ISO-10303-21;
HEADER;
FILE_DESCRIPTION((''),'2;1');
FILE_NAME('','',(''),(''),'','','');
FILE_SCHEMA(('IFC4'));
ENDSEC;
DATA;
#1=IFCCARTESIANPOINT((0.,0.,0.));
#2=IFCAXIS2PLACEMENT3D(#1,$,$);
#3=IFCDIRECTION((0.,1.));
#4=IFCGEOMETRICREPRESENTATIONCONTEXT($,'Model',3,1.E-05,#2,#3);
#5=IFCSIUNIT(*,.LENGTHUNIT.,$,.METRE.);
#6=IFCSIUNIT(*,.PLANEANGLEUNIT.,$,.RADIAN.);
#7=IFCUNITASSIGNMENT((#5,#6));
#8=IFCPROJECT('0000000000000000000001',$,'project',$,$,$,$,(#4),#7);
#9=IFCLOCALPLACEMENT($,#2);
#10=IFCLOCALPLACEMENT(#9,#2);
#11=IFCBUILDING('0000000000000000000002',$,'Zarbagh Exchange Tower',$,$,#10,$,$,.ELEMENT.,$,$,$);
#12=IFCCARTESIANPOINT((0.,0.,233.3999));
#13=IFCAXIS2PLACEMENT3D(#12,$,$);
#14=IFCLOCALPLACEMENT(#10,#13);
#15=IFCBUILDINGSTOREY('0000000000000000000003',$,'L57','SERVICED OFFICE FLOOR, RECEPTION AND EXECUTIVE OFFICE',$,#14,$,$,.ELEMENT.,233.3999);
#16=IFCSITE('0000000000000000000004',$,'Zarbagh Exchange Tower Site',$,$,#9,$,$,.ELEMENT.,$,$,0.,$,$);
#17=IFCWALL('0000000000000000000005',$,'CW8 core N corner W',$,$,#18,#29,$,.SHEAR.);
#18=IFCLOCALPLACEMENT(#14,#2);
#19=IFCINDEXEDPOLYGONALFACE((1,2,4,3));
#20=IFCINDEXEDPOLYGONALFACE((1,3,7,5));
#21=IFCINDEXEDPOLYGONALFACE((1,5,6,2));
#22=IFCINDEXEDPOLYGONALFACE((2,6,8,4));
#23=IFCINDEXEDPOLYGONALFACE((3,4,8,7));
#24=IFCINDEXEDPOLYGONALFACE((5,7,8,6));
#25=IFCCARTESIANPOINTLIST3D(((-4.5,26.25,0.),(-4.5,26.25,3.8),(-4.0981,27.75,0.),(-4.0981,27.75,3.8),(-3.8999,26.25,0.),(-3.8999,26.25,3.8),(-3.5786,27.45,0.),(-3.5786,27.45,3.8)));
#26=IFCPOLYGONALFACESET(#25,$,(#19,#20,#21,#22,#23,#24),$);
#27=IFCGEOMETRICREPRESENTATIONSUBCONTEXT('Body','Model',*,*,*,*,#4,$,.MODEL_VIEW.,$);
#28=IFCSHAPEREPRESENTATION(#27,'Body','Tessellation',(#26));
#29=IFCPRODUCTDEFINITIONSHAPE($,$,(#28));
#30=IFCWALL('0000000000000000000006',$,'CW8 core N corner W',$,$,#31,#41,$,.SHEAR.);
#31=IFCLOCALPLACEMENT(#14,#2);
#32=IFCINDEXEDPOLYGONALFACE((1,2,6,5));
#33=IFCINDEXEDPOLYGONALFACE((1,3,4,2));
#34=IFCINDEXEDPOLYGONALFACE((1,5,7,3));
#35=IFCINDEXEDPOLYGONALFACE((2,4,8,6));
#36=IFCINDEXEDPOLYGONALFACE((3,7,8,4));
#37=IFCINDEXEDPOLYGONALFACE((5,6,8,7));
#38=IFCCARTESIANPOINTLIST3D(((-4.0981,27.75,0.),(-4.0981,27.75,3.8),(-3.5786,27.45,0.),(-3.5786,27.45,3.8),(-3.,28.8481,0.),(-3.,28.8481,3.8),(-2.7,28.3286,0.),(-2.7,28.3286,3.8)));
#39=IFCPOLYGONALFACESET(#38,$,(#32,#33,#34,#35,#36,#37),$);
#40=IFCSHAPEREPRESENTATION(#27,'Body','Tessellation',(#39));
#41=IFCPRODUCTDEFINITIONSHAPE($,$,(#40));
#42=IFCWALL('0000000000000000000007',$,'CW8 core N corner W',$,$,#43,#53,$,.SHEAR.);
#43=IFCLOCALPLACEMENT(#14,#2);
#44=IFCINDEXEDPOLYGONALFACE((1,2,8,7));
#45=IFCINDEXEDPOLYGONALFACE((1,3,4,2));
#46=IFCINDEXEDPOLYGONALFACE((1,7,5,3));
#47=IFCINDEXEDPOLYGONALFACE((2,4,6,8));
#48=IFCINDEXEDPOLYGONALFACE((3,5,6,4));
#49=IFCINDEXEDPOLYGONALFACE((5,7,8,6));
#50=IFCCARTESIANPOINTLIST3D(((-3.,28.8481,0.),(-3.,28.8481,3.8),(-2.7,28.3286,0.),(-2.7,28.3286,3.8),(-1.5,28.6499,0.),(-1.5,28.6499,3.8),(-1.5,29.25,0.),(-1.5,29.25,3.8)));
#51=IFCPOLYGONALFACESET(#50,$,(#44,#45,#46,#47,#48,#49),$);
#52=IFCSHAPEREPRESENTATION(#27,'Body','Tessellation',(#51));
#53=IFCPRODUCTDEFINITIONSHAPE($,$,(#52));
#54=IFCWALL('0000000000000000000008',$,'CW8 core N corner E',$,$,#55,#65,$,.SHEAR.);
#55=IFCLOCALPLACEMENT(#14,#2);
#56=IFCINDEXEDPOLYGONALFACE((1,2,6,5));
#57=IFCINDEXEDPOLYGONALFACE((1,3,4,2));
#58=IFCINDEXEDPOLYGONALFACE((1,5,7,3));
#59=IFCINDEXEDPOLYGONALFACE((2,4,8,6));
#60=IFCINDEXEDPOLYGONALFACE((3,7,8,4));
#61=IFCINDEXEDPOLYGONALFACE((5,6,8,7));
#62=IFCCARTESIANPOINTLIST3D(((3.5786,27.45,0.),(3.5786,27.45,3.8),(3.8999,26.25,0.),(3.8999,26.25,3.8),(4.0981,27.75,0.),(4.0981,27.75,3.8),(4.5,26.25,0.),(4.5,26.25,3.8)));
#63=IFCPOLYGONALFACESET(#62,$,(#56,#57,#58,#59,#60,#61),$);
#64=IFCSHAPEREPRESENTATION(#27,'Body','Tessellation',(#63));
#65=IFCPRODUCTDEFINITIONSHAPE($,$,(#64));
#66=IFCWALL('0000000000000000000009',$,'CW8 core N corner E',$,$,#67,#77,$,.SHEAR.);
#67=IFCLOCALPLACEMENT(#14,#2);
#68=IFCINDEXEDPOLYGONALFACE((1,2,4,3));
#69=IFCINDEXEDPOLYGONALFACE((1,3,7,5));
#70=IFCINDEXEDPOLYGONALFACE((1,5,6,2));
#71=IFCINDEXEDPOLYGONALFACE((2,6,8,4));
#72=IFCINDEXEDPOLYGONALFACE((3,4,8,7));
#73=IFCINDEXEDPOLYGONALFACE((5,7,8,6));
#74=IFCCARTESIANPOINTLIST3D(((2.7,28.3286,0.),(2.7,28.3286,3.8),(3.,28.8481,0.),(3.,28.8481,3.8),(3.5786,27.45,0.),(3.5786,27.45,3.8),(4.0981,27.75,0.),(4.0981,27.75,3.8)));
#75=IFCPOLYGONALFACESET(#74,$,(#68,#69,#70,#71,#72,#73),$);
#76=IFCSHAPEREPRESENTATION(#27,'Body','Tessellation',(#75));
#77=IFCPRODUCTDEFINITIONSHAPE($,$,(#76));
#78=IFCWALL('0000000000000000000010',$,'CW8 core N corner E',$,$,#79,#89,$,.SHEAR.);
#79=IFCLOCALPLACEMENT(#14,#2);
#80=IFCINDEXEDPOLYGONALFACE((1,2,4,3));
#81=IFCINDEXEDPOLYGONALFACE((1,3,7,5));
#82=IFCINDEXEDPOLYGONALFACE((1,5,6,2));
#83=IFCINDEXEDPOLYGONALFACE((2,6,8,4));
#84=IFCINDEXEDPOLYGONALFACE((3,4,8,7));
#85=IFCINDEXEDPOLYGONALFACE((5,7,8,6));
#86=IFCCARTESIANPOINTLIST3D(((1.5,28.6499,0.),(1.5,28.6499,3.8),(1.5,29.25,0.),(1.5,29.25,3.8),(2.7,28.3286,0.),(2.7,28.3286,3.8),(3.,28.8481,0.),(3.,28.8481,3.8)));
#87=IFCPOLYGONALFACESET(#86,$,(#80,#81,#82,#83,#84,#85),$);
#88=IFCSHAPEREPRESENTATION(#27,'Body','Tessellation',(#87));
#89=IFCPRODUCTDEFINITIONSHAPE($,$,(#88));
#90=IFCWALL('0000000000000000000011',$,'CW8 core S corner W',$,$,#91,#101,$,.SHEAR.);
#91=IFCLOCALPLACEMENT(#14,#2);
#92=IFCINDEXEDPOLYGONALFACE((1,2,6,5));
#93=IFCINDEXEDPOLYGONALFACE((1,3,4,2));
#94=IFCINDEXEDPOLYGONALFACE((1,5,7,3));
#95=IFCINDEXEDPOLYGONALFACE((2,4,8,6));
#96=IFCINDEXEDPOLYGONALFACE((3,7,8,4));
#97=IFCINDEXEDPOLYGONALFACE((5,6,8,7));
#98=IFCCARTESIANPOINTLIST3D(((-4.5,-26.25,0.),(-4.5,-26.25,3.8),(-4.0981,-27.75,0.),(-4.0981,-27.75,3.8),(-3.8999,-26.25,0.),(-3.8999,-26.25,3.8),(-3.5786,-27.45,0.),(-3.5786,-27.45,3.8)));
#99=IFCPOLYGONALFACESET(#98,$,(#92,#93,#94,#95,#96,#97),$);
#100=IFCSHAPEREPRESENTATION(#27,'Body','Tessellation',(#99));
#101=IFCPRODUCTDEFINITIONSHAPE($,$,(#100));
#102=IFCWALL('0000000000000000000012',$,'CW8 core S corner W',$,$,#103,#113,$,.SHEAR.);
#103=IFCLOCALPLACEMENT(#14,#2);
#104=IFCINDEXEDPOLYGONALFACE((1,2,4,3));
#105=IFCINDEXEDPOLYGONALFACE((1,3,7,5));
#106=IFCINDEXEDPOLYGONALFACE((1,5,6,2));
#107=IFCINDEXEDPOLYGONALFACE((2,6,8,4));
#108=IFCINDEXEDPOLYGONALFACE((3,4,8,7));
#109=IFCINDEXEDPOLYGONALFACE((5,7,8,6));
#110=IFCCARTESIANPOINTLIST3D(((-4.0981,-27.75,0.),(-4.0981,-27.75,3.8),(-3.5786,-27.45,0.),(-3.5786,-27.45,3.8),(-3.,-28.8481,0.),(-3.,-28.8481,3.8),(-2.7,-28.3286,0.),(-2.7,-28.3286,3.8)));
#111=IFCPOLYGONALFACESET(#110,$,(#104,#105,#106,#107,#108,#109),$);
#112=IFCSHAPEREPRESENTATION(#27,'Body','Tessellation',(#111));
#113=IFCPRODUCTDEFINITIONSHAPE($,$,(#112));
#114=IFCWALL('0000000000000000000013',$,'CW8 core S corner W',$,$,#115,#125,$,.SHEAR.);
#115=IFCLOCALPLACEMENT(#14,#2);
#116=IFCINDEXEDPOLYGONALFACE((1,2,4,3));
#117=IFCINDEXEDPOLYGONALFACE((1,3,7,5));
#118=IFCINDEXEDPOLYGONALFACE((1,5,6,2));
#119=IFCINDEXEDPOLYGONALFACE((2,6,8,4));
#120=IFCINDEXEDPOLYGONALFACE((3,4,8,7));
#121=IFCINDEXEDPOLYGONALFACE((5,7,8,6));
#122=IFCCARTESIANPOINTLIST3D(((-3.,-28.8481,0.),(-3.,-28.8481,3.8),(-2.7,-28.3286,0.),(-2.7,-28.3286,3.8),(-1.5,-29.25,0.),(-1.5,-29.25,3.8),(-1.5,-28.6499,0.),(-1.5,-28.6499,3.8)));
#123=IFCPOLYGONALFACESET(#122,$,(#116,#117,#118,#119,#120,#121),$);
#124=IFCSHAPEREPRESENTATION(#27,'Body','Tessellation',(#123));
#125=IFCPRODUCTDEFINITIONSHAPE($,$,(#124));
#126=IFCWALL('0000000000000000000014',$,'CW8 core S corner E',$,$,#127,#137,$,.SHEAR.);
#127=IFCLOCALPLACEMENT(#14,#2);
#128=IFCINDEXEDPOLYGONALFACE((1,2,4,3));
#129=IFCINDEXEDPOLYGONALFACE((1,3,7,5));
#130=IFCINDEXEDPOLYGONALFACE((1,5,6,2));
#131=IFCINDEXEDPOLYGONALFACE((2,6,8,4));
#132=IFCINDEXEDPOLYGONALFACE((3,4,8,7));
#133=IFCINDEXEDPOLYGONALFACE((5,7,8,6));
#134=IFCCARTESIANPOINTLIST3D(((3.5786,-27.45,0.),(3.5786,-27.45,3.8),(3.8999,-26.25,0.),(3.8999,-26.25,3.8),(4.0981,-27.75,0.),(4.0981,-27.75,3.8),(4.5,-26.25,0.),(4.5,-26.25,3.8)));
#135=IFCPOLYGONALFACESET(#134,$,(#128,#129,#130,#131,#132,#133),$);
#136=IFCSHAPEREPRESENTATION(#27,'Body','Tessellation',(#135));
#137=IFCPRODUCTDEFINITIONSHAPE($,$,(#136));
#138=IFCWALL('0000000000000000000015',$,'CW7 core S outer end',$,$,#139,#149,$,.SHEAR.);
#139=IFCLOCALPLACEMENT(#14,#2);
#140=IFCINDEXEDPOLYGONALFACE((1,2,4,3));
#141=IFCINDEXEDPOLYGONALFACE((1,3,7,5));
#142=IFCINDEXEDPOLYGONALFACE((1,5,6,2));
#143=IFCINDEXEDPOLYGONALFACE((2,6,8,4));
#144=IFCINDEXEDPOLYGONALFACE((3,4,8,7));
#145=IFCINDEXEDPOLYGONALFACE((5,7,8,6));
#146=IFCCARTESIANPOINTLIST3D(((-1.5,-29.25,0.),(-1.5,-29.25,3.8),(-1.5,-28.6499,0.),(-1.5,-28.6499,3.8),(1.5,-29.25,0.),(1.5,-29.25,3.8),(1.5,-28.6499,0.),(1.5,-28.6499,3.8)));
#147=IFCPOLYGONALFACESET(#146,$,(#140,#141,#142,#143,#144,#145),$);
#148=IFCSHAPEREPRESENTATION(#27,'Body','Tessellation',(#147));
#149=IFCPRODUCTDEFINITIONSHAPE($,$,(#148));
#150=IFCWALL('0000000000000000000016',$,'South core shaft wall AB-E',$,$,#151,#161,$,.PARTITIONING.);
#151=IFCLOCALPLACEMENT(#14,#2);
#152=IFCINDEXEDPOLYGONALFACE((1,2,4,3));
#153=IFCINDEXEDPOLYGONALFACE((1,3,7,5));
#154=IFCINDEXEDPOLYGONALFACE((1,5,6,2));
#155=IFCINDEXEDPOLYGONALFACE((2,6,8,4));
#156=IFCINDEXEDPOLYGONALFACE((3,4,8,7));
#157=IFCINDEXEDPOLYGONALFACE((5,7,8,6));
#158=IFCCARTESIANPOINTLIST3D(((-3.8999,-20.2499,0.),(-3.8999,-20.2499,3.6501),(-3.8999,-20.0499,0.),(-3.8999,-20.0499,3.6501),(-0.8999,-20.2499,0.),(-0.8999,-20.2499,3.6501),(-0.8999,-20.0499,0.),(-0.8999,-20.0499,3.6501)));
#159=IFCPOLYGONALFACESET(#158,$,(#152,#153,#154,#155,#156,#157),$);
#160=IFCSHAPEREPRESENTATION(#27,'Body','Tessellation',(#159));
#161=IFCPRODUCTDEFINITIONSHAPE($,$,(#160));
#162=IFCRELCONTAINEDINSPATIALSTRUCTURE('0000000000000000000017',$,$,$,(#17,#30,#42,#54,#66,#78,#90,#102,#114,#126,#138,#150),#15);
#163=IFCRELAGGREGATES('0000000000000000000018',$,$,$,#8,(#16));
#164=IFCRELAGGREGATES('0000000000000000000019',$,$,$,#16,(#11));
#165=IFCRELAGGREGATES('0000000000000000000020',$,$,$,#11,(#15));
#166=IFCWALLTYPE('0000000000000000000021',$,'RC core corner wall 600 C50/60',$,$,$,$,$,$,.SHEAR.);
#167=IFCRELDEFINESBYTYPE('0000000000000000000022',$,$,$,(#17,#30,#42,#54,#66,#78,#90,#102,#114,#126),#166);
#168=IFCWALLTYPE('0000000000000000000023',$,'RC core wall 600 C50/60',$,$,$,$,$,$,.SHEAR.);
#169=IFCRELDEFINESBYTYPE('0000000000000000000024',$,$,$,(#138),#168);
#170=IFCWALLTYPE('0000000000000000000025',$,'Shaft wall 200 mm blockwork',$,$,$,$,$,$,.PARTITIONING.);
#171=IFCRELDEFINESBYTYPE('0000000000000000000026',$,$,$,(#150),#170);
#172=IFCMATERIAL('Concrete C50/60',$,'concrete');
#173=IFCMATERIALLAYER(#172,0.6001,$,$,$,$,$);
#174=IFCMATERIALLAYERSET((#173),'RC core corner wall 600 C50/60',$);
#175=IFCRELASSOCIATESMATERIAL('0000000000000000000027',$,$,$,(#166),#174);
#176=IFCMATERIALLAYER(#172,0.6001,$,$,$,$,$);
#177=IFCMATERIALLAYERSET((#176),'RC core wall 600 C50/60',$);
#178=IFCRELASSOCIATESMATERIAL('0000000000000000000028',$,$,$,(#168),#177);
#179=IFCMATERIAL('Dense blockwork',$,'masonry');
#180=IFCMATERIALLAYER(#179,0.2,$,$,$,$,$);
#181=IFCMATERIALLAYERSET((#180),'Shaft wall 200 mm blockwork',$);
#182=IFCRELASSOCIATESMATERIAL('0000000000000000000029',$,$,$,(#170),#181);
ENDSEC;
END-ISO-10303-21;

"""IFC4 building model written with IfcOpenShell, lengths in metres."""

from ifc_helpers import new_model, si_unit, direction, frame, frame_2d, origin, place, context, subcontext, project, spatial, polyline, rectangle, outline, extrude, material, layer, layer_set, type_object, element, save


model = new_model("IFC4")

# Units and contexts
model_context = context("Model", 3, precision=1e-05, world=origin(), true_north=direction((0.0, 1.0)))
body_context = subcontext(model_context, "Body", "Model", "MODEL_VIEW")
ifc_project = project(units=[si_unit("LENGTHUNIT", "METRE"), si_unit("PLANEANGLEUNIT", "RADIAN")], contexts=[model_context])

# Site, building, storey
site_placement = place(None, origin())
site = spatial("IfcSite", under=ifc_project, at=site_placement, Name="Zarbagh Exchange Tower Site", CompositionType="ELEMENT", RefElevation=0.0)
building_placement = place(site_placement, origin())
building = spatial("IfcBuilding", under=site, at=building_placement, Name="Zarbagh Exchange Tower", CompositionType="ELEMENT")
storey_placement = place(building_placement, frame((0.0, 0.0, 233.3999)))
storey = spatial("IfcBuildingStorey", under=building, at=storey_placement, Name="L57", Description="SERVICED OFFICE FLOOR, RECEPTION AND EXECUTIVE OFFICE", CompositionType="ELEMENT", Elevation=233.3999)

# Shared definitions
ifc_material_1 = material(Name="Dense blockwork", Category="masonry")

# Walls
ifc_material_2 = material(Name="Concrete C50/60", Category="concrete")
ifc_layer_1 = layer(ifc_material_2, 0.6001)
ifc_layer_set_1 = layer_set([ifc_layer_1], Name="RC core corner wall 600 C50/60")
wall_type_1 = type_object("IfcWallType", Name="RC core corner wall 600 C50/60", PredefinedType="SHEAR", material=ifc_layer_set_1)
wall_1_placement = place(storey_placement, origin())
element("IfcWall", 1, at=wall_1_placement, inside=storey, type_object=wall_type_1, Name="CW8 core N corner W", PredefinedType="SHEAR", context=body_context, shape_type="SweptSolid", body=[
    extrude(outline(polyline([(-4.5, 26.25), (-4.0981, 27.75), (-3.5786, 27.45), (-3.8999, 26.25), (-4.5, 26.25)])), origin(), (0.0, 0.0, 1.0), 3.8),
])
wall_2_placement = place(storey_placement, origin())
element("IfcWall", 2, at=wall_2_placement, inside=storey, type_object=wall_type_1, Name="CW8 core N corner W", PredefinedType="SHEAR", context=body_context, shape_type="SweptSolid", body=[
    extrude(outline(polyline([(-4.0981, 27.75), (-3.0, 28.8481), (-2.7, 28.3286), (-3.5786, 27.45), (-4.0981, 27.75)])), origin(), (0.0, 0.0, 1.0), 3.8),
])
wall_3_placement = place(storey_placement, origin())
element("IfcWall", 3, at=wall_3_placement, inside=storey, type_object=wall_type_1, Name="CW8 core N corner W", PredefinedType="SHEAR", context=body_context, shape_type="SweptSolid", body=[
    extrude(outline(polyline([(-3.0, 28.8481), (-1.5, 29.25), (-1.5, 28.6499), (-2.7, 28.3286), (-3.0, 28.8481)])), origin(), (0.0, 0.0, 1.0), 3.8),
])
wall_4_placement = place(storey_placement, origin())
element("IfcWall", 4, at=wall_4_placement, inside=storey, type_object=wall_type_1, Name="CW8 core N corner E", PredefinedType="SHEAR", context=body_context, shape_type="SweptSolid", body=[
    extrude(outline(polyline([(4.5, 26.25), (4.0981, 27.75), (3.5786, 27.45), (3.8999, 26.25), (4.5, 26.25)])), origin(), (0.0, 0.0, 1.0), 3.8),
])
wall_5_placement = place(storey_placement, origin())
element("IfcWall", 5, at=wall_5_placement, inside=storey, type_object=wall_type_1, Name="CW8 core N corner E", PredefinedType="SHEAR", context=body_context, shape_type="SweptSolid", body=[
    extrude(outline(polyline([(4.0981, 27.75), (3.0, 28.8481), (2.7, 28.3286), (3.5786, 27.45), (4.0981, 27.75)])), origin(), (0.0, 0.0, 1.0), 3.8),
])
wall_6_placement = place(storey_placement, origin())
element("IfcWall", 6, at=wall_6_placement, inside=storey, type_object=wall_type_1, Name="CW8 core N corner E", PredefinedType="SHEAR", context=body_context, shape_type="SweptSolid", body=[
    extrude(outline(polyline([(3.0, 28.8481), (1.5, 29.25), (1.5, 28.6499), (2.7, 28.3286), (3.0, 28.8481)])), origin(), (0.0, 0.0, 1.0), 3.8),
])
wall_7_placement = place(storey_placement, origin())
element("IfcWall", 7, at=wall_7_placement, inside=storey, type_object=wall_type_1, Name="CW8 core S corner W", PredefinedType="SHEAR", context=body_context, shape_type="SweptSolid", body=[
    extrude(outline(polyline([(-4.5, -26.25), (-4.0981, -27.75), (-3.5786, -27.45), (-3.8999, -26.25), (-4.5, -26.25)])), origin(), (0.0, 0.0, 1.0), 3.8),
])
wall_8_placement = place(storey_placement, origin())
element("IfcWall", 8, at=wall_8_placement, inside=storey, type_object=wall_type_1, Name="CW8 core S corner W", PredefinedType="SHEAR", context=body_context, shape_type="SweptSolid", body=[
    extrude(outline(polyline([(-4.0981, -27.75), (-3.0, -28.8481), (-2.7, -28.3286), (-3.5786, -27.45), (-4.0981, -27.75)])), origin(), (0.0, 0.0, 1.0), 3.8),
])
wall_9_placement = place(storey_placement, origin())
element("IfcWall", 9, at=wall_9_placement, inside=storey, type_object=wall_type_1, Name="CW8 core S corner W", PredefinedType="SHEAR", context=body_context, shape_type="SweptSolid", body=[
    extrude(outline(polyline([(-3.0, -28.8481), (-1.5, -29.25), (-1.5, -28.6499), (-2.7, -28.3286), (-3.0, -28.8481)])), origin(), (0.0, 0.0, 1.0), 3.8),
])
wall_10_placement = place(storey_placement, origin())
element("IfcWall", 10, at=wall_10_placement, inside=storey, type_object=wall_type_1, Name="CW8 core S corner E", PredefinedType="SHEAR", context=body_context, shape_type="SweptSolid", body=[
    extrude(outline(polyline([(4.5, -26.25), (4.0981, -27.75), (3.5786, -27.45), (3.8999, -26.25), (4.5, -26.25)])), origin(), (0.0, 0.0, 1.0), 3.8),
])
ifc_layer_2 = layer(ifc_material_2, 0.6001)
ifc_layer_set_2 = layer_set([ifc_layer_2], Name="RC core wall 600 C50/60")
wall_type_2 = type_object("IfcWallType", Name="RC core wall 600 C50/60", PredefinedType="SHEAR", material=ifc_layer_set_2)
wall_11_placement = place(storey_placement, frame((-1.5, -28.95, 0.0), z_axis=(0.0, 0.0, 1.0), x_axis=(1.0, 0.0, 0.0)))
element("IfcWall", 11, at=wall_11_placement, inside=storey, type_object=wall_type_2, Name="CW7 core S outer end", PredefinedType="SHEAR", context=body_context, shape_type="SweptSolid", body=[
    extrude(rectangle(XDim=3.0, YDim=0.6001, at=frame_2d((1.5, 0.0))), origin(), (0.0, 0.0, 1.0), 3.8),
])
ifc_layer_3 = layer(ifc_material_1, 0.2)
ifc_layer_set_3 = layer_set([ifc_layer_3], Name="Shaft wall 200 mm blockwork")
wall_type_3 = type_object("IfcWallType", Name="Shaft wall 200 mm blockwork", PredefinedType="PARTITIONING", material=ifc_layer_set_3)
wall_12_placement = place(storey_placement, frame((-0.8999, -20.1499, 0.0), z_axis=(0.0, 0.0, 1.0), x_axis=(-1.0, 0.0, 0.0)))
element("IfcWall", 12, at=wall_12_placement, inside=storey, type_object=wall_type_3, Name="South core shaft wall AB-E", PredefinedType="PARTITIONING", context=body_context, shape_type="SweptSolid", body=[
    extrude(rectangle(XDim=3.0, YDim=0.2, at=frame_2d((1.5, 0.0))), origin(), (0.0, 0.0, 1.0), 3.6501),
])

save(model, "model.ifc")
